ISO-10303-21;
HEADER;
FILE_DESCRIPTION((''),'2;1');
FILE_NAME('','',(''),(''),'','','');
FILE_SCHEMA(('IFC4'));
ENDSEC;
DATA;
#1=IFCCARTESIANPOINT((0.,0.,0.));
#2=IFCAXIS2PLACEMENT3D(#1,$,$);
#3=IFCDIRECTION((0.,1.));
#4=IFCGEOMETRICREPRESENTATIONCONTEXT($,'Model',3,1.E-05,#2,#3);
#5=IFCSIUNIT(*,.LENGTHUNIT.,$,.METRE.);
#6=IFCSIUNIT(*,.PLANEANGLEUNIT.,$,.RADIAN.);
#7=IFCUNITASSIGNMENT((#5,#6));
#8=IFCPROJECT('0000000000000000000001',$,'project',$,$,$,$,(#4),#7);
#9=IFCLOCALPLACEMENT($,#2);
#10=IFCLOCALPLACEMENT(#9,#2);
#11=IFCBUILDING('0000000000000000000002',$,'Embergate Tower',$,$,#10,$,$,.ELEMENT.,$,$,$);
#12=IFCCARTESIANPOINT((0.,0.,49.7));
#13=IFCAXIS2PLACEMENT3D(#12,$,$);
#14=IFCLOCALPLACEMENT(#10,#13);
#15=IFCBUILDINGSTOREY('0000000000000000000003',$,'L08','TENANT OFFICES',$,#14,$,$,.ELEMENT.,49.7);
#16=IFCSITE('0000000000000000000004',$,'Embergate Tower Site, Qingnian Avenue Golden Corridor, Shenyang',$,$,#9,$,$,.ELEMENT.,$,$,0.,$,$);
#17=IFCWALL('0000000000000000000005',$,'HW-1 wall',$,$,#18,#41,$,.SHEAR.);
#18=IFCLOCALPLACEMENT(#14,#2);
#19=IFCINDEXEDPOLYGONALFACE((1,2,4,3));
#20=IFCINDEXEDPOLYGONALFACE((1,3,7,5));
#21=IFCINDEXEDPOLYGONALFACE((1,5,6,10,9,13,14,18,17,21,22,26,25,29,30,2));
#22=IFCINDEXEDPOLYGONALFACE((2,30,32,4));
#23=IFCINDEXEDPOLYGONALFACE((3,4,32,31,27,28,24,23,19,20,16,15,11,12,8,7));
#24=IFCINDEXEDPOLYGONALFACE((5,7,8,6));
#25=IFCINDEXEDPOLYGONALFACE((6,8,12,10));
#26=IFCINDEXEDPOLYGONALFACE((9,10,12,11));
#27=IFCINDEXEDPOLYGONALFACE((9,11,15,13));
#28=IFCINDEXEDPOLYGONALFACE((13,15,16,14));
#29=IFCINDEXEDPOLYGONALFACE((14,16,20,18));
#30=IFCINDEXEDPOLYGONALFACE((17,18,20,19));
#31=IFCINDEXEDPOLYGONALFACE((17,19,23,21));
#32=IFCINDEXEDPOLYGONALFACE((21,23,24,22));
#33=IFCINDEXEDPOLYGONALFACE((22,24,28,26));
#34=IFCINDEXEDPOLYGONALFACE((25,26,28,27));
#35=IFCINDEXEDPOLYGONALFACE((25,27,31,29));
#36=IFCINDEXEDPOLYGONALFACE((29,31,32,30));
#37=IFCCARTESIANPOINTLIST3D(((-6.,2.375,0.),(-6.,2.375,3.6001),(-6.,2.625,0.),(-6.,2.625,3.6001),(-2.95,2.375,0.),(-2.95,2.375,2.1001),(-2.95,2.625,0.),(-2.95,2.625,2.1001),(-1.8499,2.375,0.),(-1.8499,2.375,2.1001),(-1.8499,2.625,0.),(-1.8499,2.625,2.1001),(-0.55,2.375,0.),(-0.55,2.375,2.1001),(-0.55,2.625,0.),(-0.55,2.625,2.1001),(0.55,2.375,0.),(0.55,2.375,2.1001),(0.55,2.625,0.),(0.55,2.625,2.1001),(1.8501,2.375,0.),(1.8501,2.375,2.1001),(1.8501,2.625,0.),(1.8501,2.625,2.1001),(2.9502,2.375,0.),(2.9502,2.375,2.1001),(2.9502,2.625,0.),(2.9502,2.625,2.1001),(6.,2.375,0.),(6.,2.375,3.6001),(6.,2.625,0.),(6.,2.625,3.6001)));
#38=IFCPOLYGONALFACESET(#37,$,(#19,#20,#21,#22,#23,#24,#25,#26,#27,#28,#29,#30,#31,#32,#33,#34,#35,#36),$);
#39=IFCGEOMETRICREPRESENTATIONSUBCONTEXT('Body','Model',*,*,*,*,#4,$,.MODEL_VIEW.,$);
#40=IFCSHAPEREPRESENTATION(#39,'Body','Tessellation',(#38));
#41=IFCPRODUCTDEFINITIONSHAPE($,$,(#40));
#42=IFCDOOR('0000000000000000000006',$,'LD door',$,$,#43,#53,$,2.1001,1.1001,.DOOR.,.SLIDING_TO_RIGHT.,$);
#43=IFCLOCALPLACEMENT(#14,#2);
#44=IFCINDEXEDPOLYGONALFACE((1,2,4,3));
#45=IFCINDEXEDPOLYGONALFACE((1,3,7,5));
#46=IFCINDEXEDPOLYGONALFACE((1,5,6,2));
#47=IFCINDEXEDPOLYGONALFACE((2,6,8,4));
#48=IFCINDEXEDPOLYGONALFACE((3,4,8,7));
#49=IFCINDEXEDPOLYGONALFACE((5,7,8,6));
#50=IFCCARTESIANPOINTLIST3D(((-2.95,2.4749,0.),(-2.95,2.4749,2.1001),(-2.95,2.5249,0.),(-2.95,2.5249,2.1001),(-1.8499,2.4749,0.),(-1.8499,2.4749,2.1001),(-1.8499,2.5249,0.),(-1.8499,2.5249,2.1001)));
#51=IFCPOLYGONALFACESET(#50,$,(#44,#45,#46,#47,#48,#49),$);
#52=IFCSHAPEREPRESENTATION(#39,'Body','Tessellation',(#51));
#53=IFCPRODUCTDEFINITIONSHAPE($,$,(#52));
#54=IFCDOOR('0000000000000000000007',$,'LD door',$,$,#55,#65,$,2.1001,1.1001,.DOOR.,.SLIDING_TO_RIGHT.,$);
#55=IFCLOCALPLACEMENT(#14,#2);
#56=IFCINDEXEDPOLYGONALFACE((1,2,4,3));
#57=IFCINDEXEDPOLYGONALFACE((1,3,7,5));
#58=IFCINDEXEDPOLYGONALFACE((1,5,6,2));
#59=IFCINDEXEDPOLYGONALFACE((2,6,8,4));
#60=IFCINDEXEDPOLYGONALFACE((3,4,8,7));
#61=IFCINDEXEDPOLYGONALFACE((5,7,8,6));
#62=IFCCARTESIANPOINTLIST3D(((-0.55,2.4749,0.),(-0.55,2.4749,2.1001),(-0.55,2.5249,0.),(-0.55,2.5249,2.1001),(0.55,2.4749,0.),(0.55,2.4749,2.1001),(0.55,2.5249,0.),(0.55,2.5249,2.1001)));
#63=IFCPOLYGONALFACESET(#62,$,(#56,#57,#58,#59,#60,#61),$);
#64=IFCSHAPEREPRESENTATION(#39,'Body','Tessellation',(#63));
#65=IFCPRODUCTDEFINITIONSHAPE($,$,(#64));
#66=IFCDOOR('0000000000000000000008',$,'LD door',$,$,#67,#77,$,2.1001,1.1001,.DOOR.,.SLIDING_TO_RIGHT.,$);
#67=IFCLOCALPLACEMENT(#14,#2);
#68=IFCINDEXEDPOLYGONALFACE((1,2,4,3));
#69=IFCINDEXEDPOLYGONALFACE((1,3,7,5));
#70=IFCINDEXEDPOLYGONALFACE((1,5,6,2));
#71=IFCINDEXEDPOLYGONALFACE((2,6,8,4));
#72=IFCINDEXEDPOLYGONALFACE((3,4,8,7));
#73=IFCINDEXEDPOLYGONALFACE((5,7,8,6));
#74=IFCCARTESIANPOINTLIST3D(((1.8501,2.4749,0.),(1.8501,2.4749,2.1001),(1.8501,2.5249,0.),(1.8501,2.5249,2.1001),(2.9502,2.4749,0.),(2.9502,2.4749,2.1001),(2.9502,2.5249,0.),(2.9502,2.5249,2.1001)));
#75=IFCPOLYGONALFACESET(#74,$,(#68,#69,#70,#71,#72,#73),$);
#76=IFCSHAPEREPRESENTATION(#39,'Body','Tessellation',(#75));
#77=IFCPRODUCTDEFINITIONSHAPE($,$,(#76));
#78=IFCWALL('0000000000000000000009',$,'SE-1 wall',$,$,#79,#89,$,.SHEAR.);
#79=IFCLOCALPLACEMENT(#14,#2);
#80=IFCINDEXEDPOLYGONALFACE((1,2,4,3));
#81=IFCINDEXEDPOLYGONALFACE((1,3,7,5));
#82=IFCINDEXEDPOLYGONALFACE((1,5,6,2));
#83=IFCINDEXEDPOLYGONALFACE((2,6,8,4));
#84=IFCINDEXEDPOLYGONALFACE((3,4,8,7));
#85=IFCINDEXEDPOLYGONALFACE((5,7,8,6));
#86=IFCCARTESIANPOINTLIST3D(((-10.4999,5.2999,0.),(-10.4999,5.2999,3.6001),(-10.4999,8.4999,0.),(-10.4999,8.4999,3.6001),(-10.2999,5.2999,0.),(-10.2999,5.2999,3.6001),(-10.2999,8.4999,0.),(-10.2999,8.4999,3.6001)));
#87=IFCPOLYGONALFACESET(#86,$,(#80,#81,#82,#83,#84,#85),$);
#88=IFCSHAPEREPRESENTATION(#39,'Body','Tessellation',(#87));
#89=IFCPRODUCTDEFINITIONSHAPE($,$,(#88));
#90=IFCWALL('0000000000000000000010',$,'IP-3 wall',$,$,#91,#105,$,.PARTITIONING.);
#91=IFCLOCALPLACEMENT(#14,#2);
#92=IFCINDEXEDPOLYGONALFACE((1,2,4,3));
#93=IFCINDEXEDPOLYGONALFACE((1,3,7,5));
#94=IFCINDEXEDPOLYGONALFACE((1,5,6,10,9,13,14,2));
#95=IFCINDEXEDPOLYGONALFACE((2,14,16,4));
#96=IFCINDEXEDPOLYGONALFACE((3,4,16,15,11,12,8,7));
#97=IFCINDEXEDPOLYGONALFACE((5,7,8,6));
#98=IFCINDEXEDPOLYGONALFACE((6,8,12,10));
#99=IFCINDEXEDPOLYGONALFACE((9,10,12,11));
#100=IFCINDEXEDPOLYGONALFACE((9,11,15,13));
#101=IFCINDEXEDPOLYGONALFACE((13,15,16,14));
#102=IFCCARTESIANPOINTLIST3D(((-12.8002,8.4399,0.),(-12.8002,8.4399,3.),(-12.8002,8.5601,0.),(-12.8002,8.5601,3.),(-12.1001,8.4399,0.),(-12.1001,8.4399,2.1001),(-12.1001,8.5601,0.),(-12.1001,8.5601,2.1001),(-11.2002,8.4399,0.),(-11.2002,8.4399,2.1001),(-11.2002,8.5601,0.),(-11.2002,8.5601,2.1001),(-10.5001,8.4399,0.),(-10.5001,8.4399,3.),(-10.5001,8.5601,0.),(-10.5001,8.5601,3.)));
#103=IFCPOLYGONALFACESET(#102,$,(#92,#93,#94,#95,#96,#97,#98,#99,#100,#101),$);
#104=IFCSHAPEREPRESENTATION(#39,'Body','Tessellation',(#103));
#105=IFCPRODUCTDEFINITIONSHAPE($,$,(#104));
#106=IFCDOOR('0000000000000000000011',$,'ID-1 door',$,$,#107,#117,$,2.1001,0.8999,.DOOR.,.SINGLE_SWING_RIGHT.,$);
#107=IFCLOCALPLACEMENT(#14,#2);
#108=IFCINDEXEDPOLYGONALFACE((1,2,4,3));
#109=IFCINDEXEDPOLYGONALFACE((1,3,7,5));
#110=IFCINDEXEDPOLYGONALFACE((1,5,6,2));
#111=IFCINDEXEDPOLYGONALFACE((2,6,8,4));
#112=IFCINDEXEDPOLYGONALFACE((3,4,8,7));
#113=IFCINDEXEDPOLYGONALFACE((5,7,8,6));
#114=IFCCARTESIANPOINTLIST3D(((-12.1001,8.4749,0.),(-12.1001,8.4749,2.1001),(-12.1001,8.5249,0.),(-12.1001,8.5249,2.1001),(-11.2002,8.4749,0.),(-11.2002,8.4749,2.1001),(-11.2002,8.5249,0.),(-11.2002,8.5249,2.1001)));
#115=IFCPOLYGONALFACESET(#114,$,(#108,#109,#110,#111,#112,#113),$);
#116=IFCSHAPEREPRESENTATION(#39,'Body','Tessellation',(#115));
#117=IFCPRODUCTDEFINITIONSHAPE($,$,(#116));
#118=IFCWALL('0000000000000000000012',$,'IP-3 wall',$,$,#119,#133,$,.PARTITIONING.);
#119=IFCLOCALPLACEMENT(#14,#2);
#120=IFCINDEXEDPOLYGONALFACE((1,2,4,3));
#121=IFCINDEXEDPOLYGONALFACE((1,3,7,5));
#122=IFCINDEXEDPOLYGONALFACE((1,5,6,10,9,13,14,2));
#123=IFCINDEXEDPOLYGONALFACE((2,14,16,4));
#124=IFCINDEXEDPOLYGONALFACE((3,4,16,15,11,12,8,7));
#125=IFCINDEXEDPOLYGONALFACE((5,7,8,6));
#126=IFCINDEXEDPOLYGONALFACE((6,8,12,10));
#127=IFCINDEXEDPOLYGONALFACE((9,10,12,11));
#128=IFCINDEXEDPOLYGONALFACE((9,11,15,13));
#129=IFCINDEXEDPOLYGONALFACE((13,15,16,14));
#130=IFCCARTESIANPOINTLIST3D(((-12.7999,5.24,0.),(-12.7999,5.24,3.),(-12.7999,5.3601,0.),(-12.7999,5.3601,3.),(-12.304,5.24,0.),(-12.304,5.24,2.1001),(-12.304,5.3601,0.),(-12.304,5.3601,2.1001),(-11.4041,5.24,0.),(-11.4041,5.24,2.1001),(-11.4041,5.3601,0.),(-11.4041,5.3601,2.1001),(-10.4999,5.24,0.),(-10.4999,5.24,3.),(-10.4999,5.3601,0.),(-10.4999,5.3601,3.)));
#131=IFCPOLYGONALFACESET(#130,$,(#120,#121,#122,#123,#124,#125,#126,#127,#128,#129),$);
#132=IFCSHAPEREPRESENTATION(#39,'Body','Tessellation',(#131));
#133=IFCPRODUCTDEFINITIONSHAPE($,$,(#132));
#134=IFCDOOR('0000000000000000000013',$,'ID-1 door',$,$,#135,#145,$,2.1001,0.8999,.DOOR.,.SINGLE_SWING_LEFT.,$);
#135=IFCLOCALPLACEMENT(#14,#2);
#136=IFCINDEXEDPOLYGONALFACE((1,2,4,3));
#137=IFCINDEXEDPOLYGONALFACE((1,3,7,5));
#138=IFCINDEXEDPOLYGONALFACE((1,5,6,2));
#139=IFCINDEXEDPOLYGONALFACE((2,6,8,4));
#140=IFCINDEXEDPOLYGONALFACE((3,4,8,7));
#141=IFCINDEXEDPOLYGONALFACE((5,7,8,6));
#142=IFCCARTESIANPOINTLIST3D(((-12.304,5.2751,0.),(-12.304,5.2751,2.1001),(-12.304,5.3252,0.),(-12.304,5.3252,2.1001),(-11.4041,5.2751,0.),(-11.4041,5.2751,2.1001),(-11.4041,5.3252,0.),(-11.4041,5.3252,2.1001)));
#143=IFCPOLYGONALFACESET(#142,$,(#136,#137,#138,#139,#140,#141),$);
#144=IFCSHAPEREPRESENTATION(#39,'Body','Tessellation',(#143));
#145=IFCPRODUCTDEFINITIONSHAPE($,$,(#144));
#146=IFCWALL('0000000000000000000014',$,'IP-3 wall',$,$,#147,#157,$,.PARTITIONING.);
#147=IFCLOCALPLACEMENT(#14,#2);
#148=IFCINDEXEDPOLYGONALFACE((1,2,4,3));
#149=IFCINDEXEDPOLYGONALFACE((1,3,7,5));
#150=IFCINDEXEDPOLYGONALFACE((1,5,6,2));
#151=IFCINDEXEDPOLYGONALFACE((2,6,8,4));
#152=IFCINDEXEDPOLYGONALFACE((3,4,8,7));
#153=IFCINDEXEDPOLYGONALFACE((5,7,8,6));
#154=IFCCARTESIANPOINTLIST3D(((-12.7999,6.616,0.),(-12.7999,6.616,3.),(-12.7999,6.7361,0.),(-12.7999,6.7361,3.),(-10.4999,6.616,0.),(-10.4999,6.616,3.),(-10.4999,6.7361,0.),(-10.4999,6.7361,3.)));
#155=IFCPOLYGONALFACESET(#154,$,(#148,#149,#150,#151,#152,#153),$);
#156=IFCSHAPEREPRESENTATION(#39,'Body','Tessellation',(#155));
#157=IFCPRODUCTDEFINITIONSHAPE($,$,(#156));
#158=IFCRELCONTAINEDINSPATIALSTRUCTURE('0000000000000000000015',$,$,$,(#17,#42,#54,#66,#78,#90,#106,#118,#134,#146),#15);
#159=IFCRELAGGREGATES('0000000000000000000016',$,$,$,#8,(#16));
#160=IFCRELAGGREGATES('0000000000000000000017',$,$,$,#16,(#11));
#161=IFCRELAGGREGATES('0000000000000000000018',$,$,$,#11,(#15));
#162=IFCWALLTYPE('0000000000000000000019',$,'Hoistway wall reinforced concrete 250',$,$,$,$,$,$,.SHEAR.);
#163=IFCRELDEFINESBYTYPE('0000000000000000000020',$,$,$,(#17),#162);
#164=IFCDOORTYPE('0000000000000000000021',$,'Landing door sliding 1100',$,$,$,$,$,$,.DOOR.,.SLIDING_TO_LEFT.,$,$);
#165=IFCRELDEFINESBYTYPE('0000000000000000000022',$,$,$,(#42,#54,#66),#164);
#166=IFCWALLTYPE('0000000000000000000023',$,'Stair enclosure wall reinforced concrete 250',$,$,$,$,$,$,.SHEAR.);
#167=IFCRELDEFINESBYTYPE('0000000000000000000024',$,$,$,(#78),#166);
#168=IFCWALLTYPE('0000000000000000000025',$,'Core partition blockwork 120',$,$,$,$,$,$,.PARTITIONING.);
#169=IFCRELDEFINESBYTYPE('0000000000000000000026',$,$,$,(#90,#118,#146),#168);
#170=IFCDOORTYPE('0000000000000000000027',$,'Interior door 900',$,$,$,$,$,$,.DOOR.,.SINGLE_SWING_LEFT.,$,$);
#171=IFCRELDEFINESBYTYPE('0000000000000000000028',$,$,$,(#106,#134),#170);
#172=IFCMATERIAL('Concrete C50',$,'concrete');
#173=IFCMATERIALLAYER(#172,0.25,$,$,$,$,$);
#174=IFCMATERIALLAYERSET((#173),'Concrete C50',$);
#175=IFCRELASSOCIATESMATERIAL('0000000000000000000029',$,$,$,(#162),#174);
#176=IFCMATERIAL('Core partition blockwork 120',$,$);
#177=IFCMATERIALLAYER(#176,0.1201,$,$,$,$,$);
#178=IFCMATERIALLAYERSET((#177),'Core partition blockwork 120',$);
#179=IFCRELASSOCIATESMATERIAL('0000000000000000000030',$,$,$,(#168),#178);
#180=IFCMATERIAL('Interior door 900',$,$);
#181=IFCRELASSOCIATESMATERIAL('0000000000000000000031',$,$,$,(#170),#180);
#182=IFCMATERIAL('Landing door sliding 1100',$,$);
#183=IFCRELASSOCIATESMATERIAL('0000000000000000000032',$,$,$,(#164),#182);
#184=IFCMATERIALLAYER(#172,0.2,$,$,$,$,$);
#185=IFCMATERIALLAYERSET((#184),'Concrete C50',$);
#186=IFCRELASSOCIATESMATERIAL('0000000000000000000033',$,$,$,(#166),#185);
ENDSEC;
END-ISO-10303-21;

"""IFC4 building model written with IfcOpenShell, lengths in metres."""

from ifc_helpers import new_model, si_unit, direction, frame, frame_2d, origin, place, context, subcontext, project, spatial, rectangle, extrude, source, transform, mapped, material, layer, layer_set, type_object, element, fill, save


model = new_model("IFC4")

# Units and contexts
model_context = context("Model", 3, precision=1e-05, world=origin(), true_north=direction((0.0, 1.0)))
body_context = subcontext(model_context, "Body", "Model", "MODEL_VIEW")
ifc_project = project(units=[si_unit("LENGTHUNIT", "METRE"), si_unit("PLANEANGLEUNIT", "RADIAN")], contexts=[model_context])

# Site, building, storey
site_placement = place(None, origin())
site = spatial("IfcSite", under=ifc_project, at=site_placement, Name="Embergate Tower Site, Qingnian Avenue Golden Corridor, Shenyang", CompositionType="ELEMENT", RefElevation=0.0)
building_placement = place(site_placement, origin())
building = spatial("IfcBuilding", under=site, at=building_placement, Name="Embergate Tower", CompositionType="ELEMENT")
storey_placement = place(building_placement, frame((0.0, 0.0, 49.7)))
storey = spatial("IfcBuildingStorey", under=building, at=storey_placement, Name="L08", Description="TENANT OFFICES", CompositionType="ELEMENT", Elevation=49.7)

# Shared definitions
ifc_material_1 = material(Name="Concrete C50", Category="concrete")
ifc_layer_1 = layer(ifc_material_1, 0.25)
ifc_layer_set_1 = layer_set([ifc_layer_1], Name="Concrete C50")
wall_type_1 = type_object("IfcWallType", Name="Hoistway wall reinforced concrete 250", PredefinedType="SHEAR", material=ifc_layer_set_1)

# Shared definitions
ifc_material_2 = material(Name="Core partition blockwork 120")
ifc_layer_2 = layer(ifc_material_2, 0.1201)
ifc_layer_set_2 = layer_set([ifc_layer_2], Name="Core partition blockwork 120")
wall_type_2 = type_object("IfcWallType", Name="Core partition blockwork 120", PredefinedType="PARTITIONING", material=ifc_layer_set_2)
shared_shape_1 = source(origin(), body_context, "Body", "SweptSolid", [
    extrude(rectangle(XDim=0.8999, YDim=2.1001, at=frame_2d((0.45, 1.05))), frame((0.0, 0.0701, 0.0), z_axis=(0.0, -1.0, 0.0), x_axis=(1.0, 0.0, 0.0)), (0.0, 0.0, 1.0), 0.1401),
])
ifc_material_3 = material(Name="Interior door 900")
door_type_1 = type_object("IfcDoorType", Name="Interior door 900", OperationType="SINGLE_SWING_LEFT", PredefinedType="DOOR", material=ifc_material_3)
shared_shape_2 = source(origin(), body_context, "Body", "SweptSolid", [
    extrude(rectangle(XDim=0.8999, YDim=2.1001, at=frame_2d((0.45, 1.05))), frame((0.0, 0.0249, 0.0), z_axis=(0.0, -1.0, 0.0), x_axis=(1.0, 0.0, 0.0)), (0.0, 0.0, 1.0), 0.05),
])

# Wall, openings, doors
shared_shape_3 = source(origin(), body_context, "Body", "SweptSolid", [
    extrude(rectangle(XDim=12.0, YDim=0.25, at=frame_2d((6.0, 0.0))), origin(), (0.0, 0.0, 1.0), 3.6001),
])
wall_1_placement = place(storey_placement, frame((-6.0, 2.5, 0.0), z_axis=(0.0, 0.0, 1.0), x_axis=(1.0, 0.0, 0.0)))
wall_1 = element("IfcWall", 1, at=wall_1_placement, inside=storey, type_object=wall_type_1, Name="HW-1 wall", PredefinedType="SHEAR", context=body_context, shape_type="MappedRepresentation", body=[
    mapped(shared_shape_3, transform((0.0, 0.0, 0.0))),
])
shared_shape_4 = source(origin(), body_context, "Body", "SweptSolid", [
    extrude(rectangle(XDim=1.1001, YDim=2.1001, at=frame_2d((0.55, 1.05))), frame((0.0, 0.135, 0.0), z_axis=(0.0, -1.0, 0.0), x_axis=(1.0, 0.0, 0.0)), (0.0, 0.0, 1.0), 0.27),
])
opening_1_placement = place(wall_1_placement, frame((3.05, 0.0, 0.0)))
opening_1 = element("IfcOpeningElement", 2, at=opening_1_placement, cuts=wall_1, PredefinedType="OPENING", context=body_context, shape_type="MappedRepresentation", body=[
    mapped(shared_shape_4, transform((0.0, 0.0, 0.0))),
])
opening_2_placement = place(wall_1_placement, frame((5.45, 0.0, 0.0)))
opening_2 = element("IfcOpeningElement", 3, at=opening_2_placement, cuts=wall_1, PredefinedType="OPENING", context=body_context, shape_type="MappedRepresentation", body=[
    mapped(shared_shape_4, transform((0.0, 0.0, 0.0))),
])
opening_3_placement = place(wall_1_placement, frame((7.8501, 0.0, 0.0)))
opening_3 = element("IfcOpeningElement", 4, at=opening_3_placement, cuts=wall_1, PredefinedType="OPENING", context=body_context, shape_type="MappedRepresentation", body=[
    mapped(shared_shape_4, transform((0.0, 0.0, 0.0))),
])
ifc_material_4 = material(Name="Landing door sliding 1100")
door_type_2 = type_object("IfcDoorType", Name="Landing door sliding 1100", OperationType="SLIDING_TO_LEFT", PredefinedType="DOOR", material=ifc_material_4)
shared_shape_5 = source(origin(), body_context, "Body", "SweptSolid", [
    extrude(rectangle(XDim=1.1001, YDim=2.1001, at=frame_2d((0.55, 1.05))), frame((0.0, 0.0249, 0.0), z_axis=(0.0, -1.0, 0.0), x_axis=(1.0, 0.0, 0.0)), (0.0, 0.0, 1.0), 0.05),
])
door_1_placement = place(opening_1_placement, origin())
door_1 = element("IfcDoor", 5, at=door_1_placement, inside=storey, type_object=door_type_2, Name="LD door", OperationType="SLIDING_TO_RIGHT", OverallHeight=2.1001, OverallWidth=1.1001, PredefinedType="DOOR", context=body_context, shape_type="MappedRepresentation", body=[
    mapped(shared_shape_5, transform((0.0, 0.0, 0.0))),
])
fill(opening_1, door_1)
door_2_placement = place(opening_2_placement, origin())
door_2 = element("IfcDoor", 6, at=door_2_placement, inside=storey, type_object=door_type_2, Name="LD door", OperationType="SLIDING_TO_RIGHT", OverallHeight=2.1001, OverallWidth=1.1001, PredefinedType="DOOR", context=body_context, shape_type="MappedRepresentation", body=[
    mapped(shared_shape_5, transform((0.0, 0.0, 0.0))),
])
fill(opening_2, door_2)
door_3_placement = place(opening_3_placement, origin())
door_3 = element("IfcDoor", 7, at=door_3_placement, inside=storey, type_object=door_type_2, Name="LD door", OperationType="SLIDING_TO_RIGHT", OverallHeight=2.1001, OverallWidth=1.1001, PredefinedType="DOOR", context=body_context, shape_type="MappedRepresentation", body=[
    mapped(shared_shape_5, transform((0.0, 0.0, 0.0))),
])
fill(opening_3, door_3)

# Wall
ifc_layer_3 = layer(ifc_material_1, 0.2)
ifc_layer_set_3 = layer_set([ifc_layer_3], Name="Concrete C50")
wall_type_3 = type_object("IfcWallType", Name="Stair enclosure wall reinforced concrete 250", PredefinedType="SHEAR", material=ifc_layer_set_3)
shared_shape_6 = source(origin(), body_context, "Body", "SweptSolid", [
    extrude(rectangle(XDim=3.2, YDim=0.2, at=frame_2d((1.6001, 0.0))), origin(), (0.0, 0.0, 1.0), 3.6001),
])
wall_2_placement = place(storey_placement, frame((-10.3999, 8.5, 0.0), z_axis=(0.0, 0.0, 1.0), x_axis=(0.0, -1.0, 0.0)))
element("IfcWall", 8, at=wall_2_placement, inside=storey, type_object=wall_type_3, Name="SE-1 wall", PredefinedType="SHEAR", context=body_context, shape_type="MappedRepresentation", body=[
    mapped(shared_shape_6, transform((0.0, 0.0, 0.0))),
])

# Walls, openings, doors
shared_shape_7 = source(origin(), body_context, "Body", "SweptSolid", [
    extrude(rectangle(XDim=2.3, YDim=0.1201, at=frame_2d((1.1499, 0.0))), origin(), (0.0, 0.0, 1.0), 3.0),
])
wall_3_placement = place(storey_placement, frame((-12.8, 8.5, 0.0), z_axis=(0.0, 0.0, 1.0), x_axis=(1.0, 0.0, 0.0)))
wall_3 = element("IfcWall", 9, at=wall_3_placement, inside=storey, type_object=wall_type_2, Name="IP-3 wall", PredefinedType="PARTITIONING", context=body_context, shape_type="MappedRepresentation", body=[
    mapped(shared_shape_7, transform((0.0, 0.0, 0.0))),
])
opening_4_placement = place(wall_3_placement, frame((0.7, 0.0, 0.0)))
opening_4 = element("IfcOpeningElement", 10, at=opening_4_placement, cuts=wall_3, PredefinedType="OPENING", context=body_context, shape_type="MappedRepresentation", body=[
    mapped(shared_shape_1, transform((0.0, 0.0, 0.0))),
])
door_4_placement = place(opening_4_placement, origin())
door_4 = element("IfcDoor", 11, at=door_4_placement, inside=storey, type_object=door_type_1, Name="ID-1 door", OperationType="SINGLE_SWING_RIGHT", OverallHeight=2.1001, OverallWidth=0.8999, PredefinedType="DOOR", context=body_context, shape_type="MappedRepresentation", body=[
    mapped(shared_shape_2, transform((0.0, 0.0, 0.0))),
])
fill(opening_4, door_4)
wall_4_placement = place(storey_placement, frame((-10.5, 5.3, 0.0), z_axis=(0.0, 0.0, 1.0), x_axis=(-1.0, 0.0, 0.0)))
wall_4 = element("IfcWall", 12, at=wall_4_placement, inside=storey, type_object=wall_type_2, Name="IP-3 wall", PredefinedType="PARTITIONING", context=body_context, shape_type="MappedRepresentation", body=[
    mapped(shared_shape_7, transform((0.0, 0.0, 0.0))),
])
opening_5_placement = place(wall_4_placement, frame((0.9041, 0.0, 0.0)))
opening_5 = element("IfcOpeningElement", 13, at=opening_5_placement, cuts=wall_4, PredefinedType="OPENING", context=body_context, shape_type="MappedRepresentation", body=[
    mapped(shared_shape_1, transform((0.0, 0.0, 0.0))),
])
door_5_placement = place(opening_5_placement, origin())
door_5 = element("IfcDoor", 14, at=door_5_placement, inside=storey, type_object=door_type_1, Name="ID-1 door", OperationType="SINGLE_SWING_LEFT", OverallHeight=2.1001, OverallWidth=0.8999, PredefinedType="DOOR", context=body_context, shape_type="MappedRepresentation", body=[
    mapped(shared_shape_2, transform((0.0, 0.0, 0.0))),
])
fill(opening_5, door_5)

# Wall
wall_5_placement = place(storey_placement, frame((-10.5, 6.676, 0.0), z_axis=(0.0, 0.0, 1.0), x_axis=(-1.0, 0.0, 0.0)))
element("IfcWall", 15, at=wall_5_placement, inside=storey, type_object=wall_type_2, Name="IP-3 wall", PredefinedType="PARTITIONING", context=body_context, shape_type="MappedRepresentation", body=[
    mapped(shared_shape_7, transform((0.0, 0.0, 0.0))),
])

save(model, "model.ifc")
